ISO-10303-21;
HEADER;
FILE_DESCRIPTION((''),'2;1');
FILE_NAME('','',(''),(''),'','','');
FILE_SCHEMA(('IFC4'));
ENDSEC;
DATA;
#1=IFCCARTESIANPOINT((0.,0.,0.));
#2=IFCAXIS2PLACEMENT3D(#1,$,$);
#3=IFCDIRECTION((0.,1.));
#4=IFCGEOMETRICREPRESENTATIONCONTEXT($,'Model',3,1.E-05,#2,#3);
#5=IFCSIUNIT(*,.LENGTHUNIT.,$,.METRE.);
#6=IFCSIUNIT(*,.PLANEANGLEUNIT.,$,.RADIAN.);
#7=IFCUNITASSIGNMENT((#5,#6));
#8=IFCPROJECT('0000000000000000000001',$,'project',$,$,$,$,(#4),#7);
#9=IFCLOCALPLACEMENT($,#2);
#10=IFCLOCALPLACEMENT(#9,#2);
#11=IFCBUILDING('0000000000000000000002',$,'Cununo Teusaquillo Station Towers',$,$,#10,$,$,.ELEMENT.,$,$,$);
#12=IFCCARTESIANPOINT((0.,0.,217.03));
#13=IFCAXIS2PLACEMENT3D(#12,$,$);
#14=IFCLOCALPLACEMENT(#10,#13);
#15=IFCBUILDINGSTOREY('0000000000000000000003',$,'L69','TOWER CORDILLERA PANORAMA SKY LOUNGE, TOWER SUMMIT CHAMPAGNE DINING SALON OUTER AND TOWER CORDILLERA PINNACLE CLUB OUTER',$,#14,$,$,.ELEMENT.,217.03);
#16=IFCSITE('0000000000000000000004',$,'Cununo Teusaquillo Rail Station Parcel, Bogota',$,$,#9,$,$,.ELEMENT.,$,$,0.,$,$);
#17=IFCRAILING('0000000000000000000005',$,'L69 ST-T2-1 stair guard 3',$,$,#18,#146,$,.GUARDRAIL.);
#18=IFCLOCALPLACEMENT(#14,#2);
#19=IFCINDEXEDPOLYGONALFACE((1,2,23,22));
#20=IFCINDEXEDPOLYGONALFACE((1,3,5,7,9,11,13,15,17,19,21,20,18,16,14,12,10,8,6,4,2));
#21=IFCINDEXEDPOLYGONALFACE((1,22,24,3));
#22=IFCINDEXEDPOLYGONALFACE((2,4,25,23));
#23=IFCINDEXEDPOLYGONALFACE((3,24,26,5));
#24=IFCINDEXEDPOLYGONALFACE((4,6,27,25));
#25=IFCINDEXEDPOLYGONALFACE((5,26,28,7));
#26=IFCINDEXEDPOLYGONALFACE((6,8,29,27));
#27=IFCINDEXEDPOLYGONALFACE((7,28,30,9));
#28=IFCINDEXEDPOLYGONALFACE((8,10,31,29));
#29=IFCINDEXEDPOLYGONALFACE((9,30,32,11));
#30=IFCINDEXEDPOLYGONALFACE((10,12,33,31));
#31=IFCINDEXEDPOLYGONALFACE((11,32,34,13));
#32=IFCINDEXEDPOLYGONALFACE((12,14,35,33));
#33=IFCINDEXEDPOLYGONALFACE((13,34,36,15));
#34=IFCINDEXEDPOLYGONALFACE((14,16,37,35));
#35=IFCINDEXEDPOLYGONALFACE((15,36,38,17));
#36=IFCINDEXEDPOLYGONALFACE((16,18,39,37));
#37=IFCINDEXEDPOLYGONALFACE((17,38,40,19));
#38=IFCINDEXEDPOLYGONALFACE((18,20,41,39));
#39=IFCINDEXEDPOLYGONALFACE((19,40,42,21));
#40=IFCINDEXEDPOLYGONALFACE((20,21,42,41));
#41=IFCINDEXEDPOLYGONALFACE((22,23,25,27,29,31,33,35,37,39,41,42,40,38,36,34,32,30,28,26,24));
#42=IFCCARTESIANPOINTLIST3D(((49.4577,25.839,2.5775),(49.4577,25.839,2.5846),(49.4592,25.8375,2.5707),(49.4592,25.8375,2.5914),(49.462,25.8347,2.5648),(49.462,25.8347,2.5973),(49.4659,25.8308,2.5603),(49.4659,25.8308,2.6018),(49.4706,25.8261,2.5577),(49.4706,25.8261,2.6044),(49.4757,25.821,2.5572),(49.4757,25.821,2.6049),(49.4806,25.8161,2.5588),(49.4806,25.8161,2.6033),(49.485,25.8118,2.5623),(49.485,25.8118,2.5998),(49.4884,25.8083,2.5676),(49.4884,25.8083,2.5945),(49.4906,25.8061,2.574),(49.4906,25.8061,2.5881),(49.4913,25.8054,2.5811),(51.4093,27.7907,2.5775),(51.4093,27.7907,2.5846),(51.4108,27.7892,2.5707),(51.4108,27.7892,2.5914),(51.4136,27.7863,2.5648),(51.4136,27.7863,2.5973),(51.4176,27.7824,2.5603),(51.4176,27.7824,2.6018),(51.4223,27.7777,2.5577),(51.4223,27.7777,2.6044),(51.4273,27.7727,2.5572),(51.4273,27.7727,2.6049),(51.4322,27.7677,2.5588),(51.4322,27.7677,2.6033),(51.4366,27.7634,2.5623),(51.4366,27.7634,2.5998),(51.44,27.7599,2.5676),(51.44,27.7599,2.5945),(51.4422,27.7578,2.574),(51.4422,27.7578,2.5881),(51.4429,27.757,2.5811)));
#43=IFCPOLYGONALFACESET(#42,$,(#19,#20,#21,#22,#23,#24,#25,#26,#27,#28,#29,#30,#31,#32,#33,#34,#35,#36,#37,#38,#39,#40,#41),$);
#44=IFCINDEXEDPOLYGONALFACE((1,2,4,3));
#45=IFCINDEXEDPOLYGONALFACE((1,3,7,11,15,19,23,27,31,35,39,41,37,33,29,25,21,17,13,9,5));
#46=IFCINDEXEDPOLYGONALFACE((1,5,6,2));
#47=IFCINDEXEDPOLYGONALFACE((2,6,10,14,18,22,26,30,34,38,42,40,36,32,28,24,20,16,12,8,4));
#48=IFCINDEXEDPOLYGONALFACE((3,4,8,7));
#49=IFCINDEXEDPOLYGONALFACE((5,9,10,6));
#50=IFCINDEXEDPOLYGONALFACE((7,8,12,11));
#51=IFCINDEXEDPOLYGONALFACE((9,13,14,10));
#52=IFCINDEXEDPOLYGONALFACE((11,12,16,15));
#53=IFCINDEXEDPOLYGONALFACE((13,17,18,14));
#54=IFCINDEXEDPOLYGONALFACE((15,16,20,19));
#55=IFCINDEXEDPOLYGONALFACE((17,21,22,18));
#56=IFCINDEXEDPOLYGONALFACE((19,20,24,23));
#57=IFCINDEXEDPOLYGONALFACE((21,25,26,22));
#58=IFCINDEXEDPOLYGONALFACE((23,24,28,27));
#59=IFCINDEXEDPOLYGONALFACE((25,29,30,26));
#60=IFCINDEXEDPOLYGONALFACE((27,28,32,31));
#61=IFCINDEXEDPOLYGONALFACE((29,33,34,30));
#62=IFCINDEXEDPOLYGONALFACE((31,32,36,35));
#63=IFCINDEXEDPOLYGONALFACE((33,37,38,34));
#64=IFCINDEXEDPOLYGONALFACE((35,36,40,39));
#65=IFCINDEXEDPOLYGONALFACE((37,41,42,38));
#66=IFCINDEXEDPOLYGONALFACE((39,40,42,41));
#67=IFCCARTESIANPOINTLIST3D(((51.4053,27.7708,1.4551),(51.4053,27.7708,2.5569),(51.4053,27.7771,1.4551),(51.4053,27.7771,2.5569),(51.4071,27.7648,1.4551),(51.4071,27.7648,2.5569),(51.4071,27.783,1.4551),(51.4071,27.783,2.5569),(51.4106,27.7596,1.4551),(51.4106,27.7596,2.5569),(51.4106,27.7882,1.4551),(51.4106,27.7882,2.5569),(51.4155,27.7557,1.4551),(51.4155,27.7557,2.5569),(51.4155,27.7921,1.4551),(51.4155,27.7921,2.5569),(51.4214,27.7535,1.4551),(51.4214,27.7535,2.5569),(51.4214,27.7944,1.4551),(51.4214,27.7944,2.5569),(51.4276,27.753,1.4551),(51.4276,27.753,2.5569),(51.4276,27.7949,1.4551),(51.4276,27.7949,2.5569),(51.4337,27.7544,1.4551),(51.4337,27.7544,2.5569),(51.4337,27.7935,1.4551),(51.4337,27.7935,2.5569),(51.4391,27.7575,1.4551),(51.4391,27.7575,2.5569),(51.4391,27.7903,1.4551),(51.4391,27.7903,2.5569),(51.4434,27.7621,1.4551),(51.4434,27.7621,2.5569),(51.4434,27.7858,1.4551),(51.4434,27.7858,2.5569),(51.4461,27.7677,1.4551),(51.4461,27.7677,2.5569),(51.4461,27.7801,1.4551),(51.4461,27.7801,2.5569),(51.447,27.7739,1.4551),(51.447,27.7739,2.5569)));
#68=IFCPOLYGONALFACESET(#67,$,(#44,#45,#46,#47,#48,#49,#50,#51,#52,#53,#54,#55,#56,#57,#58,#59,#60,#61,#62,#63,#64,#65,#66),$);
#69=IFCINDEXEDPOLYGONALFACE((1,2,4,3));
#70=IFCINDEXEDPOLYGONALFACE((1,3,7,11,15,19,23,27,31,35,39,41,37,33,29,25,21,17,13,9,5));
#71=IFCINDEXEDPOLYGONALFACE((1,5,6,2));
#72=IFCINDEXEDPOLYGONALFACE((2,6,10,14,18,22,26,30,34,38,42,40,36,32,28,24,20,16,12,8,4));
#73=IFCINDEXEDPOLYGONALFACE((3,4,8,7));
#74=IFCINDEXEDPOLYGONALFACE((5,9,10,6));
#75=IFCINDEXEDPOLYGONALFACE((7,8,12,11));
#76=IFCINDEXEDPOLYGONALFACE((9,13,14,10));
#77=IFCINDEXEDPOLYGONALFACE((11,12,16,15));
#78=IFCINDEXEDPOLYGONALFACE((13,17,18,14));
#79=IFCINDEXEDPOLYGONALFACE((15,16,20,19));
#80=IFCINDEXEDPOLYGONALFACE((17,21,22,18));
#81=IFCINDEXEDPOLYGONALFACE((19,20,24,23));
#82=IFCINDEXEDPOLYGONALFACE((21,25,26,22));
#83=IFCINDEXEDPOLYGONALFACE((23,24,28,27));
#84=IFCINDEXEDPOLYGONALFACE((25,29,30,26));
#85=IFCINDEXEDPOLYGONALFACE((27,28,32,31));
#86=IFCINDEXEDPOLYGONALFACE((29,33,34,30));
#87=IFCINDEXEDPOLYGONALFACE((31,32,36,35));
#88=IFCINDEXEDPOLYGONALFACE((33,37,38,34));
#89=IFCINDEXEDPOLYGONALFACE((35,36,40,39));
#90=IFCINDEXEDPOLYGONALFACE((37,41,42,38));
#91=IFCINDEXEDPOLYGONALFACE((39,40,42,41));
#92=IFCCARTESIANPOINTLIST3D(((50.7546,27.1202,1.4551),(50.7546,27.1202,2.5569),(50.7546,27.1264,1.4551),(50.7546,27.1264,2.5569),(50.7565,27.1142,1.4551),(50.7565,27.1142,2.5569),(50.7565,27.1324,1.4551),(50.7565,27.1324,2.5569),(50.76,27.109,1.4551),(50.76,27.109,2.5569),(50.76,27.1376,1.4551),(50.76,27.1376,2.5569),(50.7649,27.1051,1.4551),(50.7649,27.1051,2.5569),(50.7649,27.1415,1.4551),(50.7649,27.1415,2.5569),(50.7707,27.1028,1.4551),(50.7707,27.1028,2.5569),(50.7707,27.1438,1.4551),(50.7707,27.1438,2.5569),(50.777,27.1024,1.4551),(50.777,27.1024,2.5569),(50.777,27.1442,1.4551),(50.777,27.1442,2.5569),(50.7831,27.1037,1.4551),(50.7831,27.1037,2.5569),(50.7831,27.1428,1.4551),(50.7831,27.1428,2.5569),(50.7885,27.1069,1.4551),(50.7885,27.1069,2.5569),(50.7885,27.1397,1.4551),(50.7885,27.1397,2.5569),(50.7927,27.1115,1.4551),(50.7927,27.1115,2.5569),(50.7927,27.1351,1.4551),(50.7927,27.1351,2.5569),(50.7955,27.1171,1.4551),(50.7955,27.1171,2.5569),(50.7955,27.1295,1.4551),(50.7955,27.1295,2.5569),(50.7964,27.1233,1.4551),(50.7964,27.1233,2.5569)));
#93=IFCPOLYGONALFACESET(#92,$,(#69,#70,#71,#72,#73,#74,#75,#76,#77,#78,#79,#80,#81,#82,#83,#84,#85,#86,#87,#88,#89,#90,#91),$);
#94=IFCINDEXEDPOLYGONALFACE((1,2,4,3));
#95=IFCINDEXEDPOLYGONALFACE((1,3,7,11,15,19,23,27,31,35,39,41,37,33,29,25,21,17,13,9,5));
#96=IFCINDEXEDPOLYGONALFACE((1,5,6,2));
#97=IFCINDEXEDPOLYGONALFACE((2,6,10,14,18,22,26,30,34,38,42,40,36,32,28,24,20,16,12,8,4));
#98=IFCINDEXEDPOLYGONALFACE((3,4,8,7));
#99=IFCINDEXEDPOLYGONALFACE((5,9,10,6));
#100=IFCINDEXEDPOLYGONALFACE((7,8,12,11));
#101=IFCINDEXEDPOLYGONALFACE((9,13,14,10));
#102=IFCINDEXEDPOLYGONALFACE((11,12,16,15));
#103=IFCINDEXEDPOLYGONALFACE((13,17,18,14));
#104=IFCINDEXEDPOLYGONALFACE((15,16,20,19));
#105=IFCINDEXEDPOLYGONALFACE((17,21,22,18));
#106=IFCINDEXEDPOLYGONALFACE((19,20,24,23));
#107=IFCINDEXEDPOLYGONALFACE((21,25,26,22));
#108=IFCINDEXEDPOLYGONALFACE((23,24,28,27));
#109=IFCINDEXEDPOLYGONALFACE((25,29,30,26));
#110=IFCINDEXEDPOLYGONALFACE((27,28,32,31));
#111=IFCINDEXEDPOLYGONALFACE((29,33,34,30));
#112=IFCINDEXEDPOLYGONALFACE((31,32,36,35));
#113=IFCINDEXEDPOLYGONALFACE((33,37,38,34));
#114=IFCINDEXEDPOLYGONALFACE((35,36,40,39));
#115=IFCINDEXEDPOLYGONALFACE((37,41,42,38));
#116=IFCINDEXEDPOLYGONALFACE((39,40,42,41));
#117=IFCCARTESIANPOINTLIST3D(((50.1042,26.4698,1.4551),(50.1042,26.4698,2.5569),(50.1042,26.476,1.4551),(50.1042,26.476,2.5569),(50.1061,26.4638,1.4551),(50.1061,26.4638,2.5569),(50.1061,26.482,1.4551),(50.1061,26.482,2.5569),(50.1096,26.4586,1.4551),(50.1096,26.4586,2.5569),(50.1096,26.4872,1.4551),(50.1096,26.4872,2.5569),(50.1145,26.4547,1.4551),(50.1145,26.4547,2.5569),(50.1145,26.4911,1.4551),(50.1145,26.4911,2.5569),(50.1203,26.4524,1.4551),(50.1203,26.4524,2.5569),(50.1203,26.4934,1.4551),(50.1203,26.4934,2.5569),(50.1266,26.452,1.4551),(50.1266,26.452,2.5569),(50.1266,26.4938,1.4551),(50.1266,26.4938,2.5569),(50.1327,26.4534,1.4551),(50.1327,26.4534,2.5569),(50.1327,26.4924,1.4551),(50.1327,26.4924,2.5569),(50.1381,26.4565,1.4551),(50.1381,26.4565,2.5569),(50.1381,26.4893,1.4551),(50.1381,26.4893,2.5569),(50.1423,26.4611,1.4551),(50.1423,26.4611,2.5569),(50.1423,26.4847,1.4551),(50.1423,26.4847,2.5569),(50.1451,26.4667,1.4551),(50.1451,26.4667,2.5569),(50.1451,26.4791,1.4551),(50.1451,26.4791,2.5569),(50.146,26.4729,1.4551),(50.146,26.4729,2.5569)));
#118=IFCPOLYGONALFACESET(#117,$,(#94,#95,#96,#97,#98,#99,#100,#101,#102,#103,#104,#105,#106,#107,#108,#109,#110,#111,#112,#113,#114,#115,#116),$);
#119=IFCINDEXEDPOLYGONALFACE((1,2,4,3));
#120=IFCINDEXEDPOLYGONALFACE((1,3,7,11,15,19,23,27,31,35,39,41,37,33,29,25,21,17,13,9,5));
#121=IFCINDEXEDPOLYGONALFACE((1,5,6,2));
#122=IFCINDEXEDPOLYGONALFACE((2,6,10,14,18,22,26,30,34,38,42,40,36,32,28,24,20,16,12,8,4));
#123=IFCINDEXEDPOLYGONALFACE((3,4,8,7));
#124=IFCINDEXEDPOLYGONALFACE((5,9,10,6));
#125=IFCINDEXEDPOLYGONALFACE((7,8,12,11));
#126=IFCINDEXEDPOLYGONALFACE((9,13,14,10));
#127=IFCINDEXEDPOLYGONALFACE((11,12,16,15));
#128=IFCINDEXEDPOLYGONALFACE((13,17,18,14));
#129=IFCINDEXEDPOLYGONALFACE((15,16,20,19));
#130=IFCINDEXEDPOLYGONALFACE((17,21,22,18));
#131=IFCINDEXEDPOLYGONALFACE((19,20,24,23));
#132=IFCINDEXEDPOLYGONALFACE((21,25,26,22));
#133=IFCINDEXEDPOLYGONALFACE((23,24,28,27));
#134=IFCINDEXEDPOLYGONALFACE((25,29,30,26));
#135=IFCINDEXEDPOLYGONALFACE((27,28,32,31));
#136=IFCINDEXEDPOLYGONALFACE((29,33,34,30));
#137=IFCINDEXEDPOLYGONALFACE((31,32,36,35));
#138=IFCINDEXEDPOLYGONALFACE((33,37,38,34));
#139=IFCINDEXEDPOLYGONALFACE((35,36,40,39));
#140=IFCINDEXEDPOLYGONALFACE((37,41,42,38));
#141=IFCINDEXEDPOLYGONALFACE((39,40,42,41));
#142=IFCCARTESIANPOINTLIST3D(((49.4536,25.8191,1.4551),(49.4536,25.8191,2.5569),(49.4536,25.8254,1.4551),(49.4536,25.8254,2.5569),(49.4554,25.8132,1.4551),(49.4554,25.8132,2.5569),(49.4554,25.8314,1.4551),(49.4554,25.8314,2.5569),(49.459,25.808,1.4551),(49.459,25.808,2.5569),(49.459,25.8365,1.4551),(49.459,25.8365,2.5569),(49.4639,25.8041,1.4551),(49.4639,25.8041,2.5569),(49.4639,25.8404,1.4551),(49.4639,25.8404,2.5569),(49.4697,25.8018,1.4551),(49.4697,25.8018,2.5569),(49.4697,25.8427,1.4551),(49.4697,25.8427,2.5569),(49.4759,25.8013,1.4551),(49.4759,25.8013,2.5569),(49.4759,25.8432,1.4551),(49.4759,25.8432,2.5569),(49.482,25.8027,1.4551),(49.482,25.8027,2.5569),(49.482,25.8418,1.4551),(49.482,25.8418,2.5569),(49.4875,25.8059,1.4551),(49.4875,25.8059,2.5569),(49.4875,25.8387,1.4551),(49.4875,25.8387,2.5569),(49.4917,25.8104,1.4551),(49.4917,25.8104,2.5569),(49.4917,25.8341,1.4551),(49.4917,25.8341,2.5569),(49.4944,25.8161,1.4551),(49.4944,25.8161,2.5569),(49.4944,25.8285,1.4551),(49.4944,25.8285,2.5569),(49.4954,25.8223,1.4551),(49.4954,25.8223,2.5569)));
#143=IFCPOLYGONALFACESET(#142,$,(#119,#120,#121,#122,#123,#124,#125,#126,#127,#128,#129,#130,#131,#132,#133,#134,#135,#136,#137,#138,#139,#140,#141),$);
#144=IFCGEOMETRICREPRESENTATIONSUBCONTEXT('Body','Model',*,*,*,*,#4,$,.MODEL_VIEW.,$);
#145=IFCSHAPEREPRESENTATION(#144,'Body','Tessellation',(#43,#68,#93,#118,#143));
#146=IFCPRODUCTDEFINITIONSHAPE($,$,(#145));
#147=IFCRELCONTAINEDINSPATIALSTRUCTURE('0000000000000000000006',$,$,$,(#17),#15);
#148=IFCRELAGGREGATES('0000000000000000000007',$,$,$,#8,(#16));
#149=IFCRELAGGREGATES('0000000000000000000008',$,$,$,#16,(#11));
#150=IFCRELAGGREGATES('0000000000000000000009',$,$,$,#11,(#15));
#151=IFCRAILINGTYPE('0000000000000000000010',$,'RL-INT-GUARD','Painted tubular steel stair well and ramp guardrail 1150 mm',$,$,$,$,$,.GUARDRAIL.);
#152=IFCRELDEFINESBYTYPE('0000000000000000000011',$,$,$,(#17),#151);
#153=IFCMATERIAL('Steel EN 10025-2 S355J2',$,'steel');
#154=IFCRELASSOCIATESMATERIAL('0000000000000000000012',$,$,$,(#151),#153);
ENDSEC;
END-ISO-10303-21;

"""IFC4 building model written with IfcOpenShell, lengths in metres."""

from ifc_helpers import new_model, si_unit, direction, frame, origin, origin_2d, place, context, subcontext, project, spatial, circle, extrude, material, type_object, element, save


model = new_model("IFC4")

# Units and contexts
model_context = context("Model", 3, precision=1e-05, world=origin(), true_north=direction((0.0, 1.0)))
body_context = subcontext(model_context, "Body", "Model", "MODEL_VIEW")
ifc_project = project(units=[si_unit("LENGTHUNIT", "METRE"), si_unit("PLANEANGLEUNIT", "RADIAN")], contexts=[model_context])

# Site, building, storey
site_placement = place(None, origin())
site = spatial("IfcSite", under=ifc_project, at=site_placement, Name="Cununo Teusaquillo Rail Station Parcel, Bogota", CompositionType="ELEMENT", RefElevation=0.0)
building_placement = place(site_placement, origin())
building = spatial("IfcBuilding", under=site, at=building_placement, Name="Cununo Teusaquillo Station Towers", CompositionType="ELEMENT")
storey_placement = place(building_placement, frame((0.0, 0.0, 217.03)))
storey = spatial("IfcBuildingStorey", under=building, at=storey_placement, Name="L69", Description="TOWER CORDILLERA PANORAMA SKY LOUNGE, TOWER SUMMIT CHAMPAGNE DINING SALON OUTER AND TOWER CORDILLERA PINNACLE CLUB OUTER", CompositionType="ELEMENT", Elevation=217.03)

# Railing
ifc_material_1 = material(Name="Steel EN 10025-2 S355J2", Category="steel")
railing_type = type_object("IfcRailingType", Name="RL-INT-GUARD", Description="Painted tubular steel stair well and ramp guardrail 1150 mm", PredefinedType="GUARDRAIL", material=ifc_material_1)
railing_1_placement = place(storey_placement, frame((51.426, 27.7739, 1.4551)))
element("IfcRailing", 1, at=railing_1_placement, inside=storey, type_object=railing_type, Name="L69 ST-T2-1 stair guard 3", PredefinedType="GUARDRAIL", context=body_context, shape_type="SweptSolid", body=[
    extrude(circle(Radius=0.0239, at=origin_2d()), frame((0.0, 0.0, 1.126), z_axis=(-0.707107, -0.707107, 0.0), x_axis=(0.707107, -0.707107, 0.0)), (0.0, 0.0, 1.0), 2.76),
    extrude(circle(Radius=0.021, at=origin_2d()), origin(), (0.0, 0.0, 1.0), 1.1018),
    extrude(circle(Radius=0.021, at=origin_2d()), frame((-0.6506, -0.6506, 0.0)), (0.0, 0.0, 1.0), 1.1018),
    extrude(circle(Radius=0.021, at=origin_2d()), frame((-1.301, -1.301, 0.0)), (0.0, 0.0, 1.0), 1.1018),
    extrude(circle(Radius=0.021, at=origin_2d()), frame((-1.9517, -1.9517, 0.0)), (0.0, 0.0, 1.0), 1.1018),
])

save(model, "model.ifc")
